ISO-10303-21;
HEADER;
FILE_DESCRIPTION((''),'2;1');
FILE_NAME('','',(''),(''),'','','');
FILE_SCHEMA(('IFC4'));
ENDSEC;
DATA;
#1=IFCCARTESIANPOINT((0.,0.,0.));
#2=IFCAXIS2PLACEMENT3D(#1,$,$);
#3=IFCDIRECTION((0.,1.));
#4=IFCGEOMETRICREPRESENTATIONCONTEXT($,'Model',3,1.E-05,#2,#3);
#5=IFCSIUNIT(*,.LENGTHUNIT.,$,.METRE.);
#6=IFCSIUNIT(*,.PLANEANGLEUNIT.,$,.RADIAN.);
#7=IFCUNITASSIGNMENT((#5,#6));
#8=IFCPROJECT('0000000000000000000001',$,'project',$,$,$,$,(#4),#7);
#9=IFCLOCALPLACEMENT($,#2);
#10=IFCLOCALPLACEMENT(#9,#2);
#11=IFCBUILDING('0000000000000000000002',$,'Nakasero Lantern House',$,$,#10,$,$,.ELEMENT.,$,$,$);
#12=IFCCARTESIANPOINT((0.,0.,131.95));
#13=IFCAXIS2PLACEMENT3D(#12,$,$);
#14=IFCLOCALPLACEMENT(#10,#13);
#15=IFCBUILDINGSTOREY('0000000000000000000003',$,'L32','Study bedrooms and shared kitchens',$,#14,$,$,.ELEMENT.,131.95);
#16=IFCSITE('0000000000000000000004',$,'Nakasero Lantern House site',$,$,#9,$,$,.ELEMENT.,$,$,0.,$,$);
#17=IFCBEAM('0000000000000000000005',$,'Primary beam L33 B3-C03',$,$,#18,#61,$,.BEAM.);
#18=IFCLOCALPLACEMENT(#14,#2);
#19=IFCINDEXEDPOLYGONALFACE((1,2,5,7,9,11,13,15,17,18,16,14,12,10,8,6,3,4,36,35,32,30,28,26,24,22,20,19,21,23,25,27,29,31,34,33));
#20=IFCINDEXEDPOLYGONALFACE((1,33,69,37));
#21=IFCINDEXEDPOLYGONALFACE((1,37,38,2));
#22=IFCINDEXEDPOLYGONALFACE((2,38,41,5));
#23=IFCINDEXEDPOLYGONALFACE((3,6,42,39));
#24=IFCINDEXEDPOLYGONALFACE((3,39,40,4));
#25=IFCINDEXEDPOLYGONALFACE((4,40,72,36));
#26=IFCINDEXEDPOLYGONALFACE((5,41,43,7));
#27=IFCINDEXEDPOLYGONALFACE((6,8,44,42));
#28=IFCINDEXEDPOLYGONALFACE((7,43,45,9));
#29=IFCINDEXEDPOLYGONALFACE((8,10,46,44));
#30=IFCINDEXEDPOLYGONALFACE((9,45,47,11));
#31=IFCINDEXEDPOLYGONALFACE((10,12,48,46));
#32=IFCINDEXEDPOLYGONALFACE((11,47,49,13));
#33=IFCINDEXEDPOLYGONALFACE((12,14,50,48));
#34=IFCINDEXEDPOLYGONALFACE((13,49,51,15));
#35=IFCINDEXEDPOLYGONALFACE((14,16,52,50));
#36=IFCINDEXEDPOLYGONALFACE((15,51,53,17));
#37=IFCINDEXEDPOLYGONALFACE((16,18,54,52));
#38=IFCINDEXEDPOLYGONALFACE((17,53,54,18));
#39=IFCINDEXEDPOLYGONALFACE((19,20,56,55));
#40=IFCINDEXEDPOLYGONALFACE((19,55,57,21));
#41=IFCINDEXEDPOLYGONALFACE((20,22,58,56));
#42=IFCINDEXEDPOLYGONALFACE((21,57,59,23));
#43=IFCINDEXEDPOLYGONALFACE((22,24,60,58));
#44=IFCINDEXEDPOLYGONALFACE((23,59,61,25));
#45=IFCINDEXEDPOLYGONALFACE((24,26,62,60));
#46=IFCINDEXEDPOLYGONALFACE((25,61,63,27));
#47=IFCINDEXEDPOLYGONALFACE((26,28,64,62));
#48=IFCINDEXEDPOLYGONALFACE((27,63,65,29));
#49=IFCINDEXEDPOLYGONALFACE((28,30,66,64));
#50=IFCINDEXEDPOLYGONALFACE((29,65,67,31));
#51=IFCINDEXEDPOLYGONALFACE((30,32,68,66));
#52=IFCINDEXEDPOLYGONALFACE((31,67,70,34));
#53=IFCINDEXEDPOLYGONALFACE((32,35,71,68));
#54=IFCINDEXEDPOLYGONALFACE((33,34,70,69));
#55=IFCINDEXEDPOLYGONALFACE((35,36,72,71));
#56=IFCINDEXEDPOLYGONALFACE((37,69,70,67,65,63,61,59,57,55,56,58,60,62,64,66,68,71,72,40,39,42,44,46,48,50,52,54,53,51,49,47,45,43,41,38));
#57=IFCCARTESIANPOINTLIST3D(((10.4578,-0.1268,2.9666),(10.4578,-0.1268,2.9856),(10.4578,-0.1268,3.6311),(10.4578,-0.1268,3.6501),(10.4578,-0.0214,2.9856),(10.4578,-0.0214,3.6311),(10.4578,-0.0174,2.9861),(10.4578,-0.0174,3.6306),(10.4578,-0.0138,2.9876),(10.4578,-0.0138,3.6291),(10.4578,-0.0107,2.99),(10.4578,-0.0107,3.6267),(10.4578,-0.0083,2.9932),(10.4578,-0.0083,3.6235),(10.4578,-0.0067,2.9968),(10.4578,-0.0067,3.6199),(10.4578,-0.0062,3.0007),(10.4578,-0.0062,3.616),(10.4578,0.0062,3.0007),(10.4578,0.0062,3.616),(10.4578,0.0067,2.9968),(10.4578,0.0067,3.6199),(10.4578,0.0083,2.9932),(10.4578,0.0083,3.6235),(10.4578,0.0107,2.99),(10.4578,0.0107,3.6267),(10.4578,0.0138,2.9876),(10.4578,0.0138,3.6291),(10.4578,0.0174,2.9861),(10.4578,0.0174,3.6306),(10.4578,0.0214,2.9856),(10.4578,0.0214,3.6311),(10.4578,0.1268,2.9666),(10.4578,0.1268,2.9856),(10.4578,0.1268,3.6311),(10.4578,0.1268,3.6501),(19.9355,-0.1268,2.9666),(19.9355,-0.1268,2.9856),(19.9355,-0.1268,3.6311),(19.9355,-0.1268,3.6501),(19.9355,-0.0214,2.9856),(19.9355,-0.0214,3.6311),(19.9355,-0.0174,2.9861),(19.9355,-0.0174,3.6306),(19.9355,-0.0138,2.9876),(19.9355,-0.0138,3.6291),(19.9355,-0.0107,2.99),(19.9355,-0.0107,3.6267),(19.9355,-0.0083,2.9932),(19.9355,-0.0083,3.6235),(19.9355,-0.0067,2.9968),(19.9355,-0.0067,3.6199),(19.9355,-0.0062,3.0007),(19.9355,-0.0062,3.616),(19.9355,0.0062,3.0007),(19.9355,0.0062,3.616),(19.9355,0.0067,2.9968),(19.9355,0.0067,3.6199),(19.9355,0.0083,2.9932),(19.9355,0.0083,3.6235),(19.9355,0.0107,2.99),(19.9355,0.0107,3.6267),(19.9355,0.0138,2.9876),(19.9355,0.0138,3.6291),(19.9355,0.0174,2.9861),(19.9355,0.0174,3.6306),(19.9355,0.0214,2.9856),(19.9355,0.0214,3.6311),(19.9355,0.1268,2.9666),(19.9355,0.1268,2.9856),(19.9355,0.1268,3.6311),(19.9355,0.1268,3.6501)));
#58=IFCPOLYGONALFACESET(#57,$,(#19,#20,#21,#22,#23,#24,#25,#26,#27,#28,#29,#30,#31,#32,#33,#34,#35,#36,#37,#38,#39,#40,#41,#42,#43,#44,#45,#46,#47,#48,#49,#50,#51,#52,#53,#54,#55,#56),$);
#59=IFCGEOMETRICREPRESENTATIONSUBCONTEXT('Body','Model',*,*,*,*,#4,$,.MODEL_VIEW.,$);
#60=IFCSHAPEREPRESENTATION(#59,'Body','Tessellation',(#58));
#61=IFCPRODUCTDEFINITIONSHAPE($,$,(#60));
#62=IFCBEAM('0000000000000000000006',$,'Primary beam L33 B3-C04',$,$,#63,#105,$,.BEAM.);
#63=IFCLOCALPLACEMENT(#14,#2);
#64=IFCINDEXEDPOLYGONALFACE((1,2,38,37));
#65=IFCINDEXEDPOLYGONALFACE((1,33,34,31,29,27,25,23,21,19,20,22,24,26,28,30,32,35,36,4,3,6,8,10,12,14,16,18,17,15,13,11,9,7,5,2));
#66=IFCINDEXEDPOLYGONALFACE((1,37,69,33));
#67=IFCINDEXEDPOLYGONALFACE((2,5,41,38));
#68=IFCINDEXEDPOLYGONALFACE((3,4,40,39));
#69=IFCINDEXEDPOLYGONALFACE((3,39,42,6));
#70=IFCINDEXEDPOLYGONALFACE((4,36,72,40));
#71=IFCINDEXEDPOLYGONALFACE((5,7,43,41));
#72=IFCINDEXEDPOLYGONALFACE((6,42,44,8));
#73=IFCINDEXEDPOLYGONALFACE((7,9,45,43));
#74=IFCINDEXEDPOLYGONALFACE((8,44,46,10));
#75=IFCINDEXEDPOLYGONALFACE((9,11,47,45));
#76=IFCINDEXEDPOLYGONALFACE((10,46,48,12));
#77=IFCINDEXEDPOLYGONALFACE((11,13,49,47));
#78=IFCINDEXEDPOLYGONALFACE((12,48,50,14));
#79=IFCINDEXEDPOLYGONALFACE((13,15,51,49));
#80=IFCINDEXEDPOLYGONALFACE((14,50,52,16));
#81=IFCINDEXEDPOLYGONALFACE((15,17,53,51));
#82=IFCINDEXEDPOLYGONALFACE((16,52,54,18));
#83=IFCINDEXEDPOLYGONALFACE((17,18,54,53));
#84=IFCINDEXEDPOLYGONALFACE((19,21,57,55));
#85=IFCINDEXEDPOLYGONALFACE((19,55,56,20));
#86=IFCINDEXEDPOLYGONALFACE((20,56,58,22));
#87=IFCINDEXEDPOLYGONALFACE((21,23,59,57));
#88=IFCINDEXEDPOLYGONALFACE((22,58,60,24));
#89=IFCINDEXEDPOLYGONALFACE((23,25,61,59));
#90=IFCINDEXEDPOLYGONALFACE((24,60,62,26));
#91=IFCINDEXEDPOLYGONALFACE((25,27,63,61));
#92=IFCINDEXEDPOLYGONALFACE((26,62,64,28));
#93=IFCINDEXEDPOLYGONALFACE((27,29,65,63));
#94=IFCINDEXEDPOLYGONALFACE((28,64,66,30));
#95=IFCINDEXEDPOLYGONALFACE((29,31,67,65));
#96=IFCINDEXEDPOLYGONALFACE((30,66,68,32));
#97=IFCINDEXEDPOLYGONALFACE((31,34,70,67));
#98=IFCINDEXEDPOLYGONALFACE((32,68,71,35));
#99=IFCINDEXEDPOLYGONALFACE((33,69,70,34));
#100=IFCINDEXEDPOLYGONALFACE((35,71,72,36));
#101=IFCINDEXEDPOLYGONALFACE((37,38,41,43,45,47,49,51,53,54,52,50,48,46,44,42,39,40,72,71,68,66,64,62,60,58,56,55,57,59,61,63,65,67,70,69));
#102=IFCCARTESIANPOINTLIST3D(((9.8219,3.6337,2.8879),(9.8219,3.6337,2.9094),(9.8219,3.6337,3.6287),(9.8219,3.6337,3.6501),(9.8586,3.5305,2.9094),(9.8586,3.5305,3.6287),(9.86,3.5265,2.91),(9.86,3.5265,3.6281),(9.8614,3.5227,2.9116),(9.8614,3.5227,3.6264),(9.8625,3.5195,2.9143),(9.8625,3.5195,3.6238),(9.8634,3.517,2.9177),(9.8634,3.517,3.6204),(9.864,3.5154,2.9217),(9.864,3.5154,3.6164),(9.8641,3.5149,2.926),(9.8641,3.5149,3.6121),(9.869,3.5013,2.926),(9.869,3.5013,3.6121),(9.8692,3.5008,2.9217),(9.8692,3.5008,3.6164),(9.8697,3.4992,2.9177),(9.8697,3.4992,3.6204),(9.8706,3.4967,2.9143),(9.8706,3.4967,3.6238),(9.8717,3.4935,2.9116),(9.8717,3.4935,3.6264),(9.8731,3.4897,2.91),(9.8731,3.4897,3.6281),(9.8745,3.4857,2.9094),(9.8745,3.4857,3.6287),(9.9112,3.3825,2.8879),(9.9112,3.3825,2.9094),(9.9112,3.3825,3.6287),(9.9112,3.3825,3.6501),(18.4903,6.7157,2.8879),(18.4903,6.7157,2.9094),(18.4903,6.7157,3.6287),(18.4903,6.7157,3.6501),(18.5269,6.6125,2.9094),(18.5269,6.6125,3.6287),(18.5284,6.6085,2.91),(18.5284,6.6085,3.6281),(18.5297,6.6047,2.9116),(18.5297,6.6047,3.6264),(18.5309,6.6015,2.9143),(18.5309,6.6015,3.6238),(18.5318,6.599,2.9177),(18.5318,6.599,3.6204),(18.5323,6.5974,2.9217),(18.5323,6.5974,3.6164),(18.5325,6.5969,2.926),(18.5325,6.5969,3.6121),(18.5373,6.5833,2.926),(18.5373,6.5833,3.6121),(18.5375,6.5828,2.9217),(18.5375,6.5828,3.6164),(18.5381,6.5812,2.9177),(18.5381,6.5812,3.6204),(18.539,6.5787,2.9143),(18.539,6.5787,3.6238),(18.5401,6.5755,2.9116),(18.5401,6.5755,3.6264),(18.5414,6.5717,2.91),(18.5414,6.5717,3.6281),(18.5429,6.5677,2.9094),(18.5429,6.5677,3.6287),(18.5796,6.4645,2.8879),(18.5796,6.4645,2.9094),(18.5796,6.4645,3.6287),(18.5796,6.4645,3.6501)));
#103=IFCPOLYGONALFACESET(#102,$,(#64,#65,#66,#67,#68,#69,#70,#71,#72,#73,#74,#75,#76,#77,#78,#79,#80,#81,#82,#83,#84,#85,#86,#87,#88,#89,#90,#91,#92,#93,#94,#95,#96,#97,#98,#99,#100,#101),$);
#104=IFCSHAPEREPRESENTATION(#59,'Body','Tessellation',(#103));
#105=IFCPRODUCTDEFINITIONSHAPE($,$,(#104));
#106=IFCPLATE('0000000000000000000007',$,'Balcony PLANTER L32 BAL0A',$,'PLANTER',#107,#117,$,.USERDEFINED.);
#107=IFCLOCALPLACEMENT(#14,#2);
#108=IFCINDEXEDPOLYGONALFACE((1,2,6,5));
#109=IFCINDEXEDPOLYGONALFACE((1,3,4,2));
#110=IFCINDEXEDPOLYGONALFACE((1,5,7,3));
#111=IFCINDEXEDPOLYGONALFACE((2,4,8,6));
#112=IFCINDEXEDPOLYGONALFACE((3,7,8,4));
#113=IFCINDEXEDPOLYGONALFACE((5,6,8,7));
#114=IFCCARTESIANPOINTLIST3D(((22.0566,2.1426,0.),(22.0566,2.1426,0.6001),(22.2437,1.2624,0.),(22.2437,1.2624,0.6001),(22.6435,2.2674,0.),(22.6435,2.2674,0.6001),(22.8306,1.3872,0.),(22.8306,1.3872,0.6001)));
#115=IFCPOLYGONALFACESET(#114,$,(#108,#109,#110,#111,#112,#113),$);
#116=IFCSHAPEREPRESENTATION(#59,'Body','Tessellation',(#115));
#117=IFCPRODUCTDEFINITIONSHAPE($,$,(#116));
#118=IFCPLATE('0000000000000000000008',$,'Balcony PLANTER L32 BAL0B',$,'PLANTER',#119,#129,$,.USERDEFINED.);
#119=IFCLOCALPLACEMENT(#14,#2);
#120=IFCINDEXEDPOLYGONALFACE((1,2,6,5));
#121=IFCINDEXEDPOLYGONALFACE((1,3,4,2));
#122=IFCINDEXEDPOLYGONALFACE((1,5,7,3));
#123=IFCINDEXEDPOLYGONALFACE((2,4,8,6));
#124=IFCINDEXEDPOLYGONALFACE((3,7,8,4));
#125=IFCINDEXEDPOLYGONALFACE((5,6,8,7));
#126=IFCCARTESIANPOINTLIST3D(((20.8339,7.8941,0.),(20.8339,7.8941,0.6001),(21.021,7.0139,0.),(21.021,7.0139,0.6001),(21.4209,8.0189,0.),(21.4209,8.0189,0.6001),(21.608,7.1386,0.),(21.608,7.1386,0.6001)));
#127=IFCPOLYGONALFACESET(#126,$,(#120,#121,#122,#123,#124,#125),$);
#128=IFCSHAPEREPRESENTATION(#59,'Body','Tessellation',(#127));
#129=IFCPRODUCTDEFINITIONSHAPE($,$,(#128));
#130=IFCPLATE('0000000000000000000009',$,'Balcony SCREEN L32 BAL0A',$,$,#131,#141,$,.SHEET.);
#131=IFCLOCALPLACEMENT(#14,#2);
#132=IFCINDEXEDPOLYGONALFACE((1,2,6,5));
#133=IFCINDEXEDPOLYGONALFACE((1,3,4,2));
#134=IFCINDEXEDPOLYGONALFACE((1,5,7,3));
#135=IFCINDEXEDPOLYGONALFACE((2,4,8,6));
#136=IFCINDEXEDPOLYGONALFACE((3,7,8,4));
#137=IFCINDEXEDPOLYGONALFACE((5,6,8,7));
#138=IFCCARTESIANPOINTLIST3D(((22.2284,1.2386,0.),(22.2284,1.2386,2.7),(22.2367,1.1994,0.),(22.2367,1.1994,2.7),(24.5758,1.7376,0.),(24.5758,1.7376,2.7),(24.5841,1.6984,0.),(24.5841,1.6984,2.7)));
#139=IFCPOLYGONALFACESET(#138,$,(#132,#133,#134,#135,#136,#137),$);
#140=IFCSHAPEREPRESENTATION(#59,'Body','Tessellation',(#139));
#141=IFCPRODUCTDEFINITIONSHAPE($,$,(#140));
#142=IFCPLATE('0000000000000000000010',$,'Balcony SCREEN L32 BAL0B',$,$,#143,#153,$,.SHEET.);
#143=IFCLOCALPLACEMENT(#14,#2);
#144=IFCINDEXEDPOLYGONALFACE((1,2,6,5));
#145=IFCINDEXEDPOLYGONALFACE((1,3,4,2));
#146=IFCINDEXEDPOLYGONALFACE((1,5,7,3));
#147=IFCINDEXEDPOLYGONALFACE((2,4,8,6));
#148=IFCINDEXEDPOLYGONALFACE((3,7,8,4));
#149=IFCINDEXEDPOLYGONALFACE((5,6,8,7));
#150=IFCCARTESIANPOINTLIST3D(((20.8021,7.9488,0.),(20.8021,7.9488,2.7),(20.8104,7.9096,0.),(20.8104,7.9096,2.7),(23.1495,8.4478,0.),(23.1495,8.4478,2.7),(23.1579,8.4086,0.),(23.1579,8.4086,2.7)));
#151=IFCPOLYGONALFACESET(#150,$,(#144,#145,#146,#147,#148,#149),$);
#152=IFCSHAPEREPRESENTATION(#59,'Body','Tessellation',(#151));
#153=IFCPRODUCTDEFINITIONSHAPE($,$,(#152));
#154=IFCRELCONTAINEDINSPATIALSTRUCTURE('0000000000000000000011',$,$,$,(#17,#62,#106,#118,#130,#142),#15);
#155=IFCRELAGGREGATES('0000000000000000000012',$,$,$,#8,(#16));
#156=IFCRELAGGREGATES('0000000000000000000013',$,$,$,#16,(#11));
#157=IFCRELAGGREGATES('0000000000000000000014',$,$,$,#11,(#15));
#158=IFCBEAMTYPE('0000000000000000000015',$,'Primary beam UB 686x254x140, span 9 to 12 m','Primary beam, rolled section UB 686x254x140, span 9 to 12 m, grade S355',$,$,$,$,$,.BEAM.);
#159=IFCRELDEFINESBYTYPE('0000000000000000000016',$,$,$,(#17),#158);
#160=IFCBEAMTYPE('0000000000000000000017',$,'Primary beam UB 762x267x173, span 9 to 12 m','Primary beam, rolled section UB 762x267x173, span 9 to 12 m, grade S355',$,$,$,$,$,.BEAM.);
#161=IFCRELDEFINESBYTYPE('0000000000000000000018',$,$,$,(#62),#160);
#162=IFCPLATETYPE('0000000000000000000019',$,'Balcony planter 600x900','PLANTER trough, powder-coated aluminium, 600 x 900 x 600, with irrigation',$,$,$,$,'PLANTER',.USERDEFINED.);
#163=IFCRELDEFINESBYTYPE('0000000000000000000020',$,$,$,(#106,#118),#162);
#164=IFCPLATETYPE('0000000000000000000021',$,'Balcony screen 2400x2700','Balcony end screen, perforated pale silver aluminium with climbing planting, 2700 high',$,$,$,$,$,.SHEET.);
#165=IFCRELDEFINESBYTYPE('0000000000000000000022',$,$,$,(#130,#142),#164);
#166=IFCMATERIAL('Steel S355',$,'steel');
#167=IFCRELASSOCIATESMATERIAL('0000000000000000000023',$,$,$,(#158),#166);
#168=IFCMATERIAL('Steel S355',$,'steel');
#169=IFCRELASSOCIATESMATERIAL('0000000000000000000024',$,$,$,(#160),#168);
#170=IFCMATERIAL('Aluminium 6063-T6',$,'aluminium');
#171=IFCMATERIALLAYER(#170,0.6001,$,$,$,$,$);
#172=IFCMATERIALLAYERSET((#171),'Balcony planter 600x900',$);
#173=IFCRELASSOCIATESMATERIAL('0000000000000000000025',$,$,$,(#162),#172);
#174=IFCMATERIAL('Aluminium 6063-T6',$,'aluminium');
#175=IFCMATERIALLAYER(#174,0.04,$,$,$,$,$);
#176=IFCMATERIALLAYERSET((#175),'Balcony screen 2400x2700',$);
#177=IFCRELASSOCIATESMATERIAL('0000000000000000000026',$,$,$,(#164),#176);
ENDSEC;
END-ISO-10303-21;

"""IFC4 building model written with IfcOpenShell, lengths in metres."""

from ifc_helpers import new_model, si_unit, direction, frame, origin, origin_2d, place, context, subcontext, project, spatial, rectangle, i_section, extrude, material, layer, layer_set, material_profile, profile_set, type_object, element, save


model = new_model("IFC4")

# Units and contexts
model_context = context("Model", 3, precision=1e-05, world=origin(), true_north=direction((0.0, 1.0)))
body_context = subcontext(model_context, "Body", "Model", "MODEL_VIEW")
ifc_project = project(units=[si_unit("LENGTHUNIT", "METRE"), si_unit("PLANEANGLEUNIT", "RADIAN")], contexts=[model_context])

# Site, building, storey
site_placement = place(None, origin())
site = spatial("IfcSite", under=ifc_project, at=site_placement, Name="Nakasero Lantern House site", CompositionType="ELEMENT", RefElevation=0.0)
building_placement = place(site_placement, origin())
building = spatial("IfcBuilding", under=site, at=building_placement, Name="Nakasero Lantern House", CompositionType="ELEMENT")
storey_placement = place(building_placement, frame((0.0, 0.0, 131.95)))
storey = spatial("IfcBuildingStorey", under=building, at=storey_placement, Name="L32", Description="Study bedrooms and shared kitchens", CompositionType="ELEMENT", Elevation=131.95)

# Beams
ifc_material_1 = material(Name="Steel S355", Category="steel")
ifc_material_profile_1 = material_profile(ifc_material_1, i_section(OverallWidth=0.2537, OverallDepth=0.6836, WebThickness=0.0125, FlangeThickness=0.019, FilletRadius=0.0151, at=origin_2d()), Name="UB 686x254x140")
ifc_profile_set_1 = profile_set([ifc_material_profile_1], Name="Steel S355")
beam_type_1 = type_object("IfcBeamType", Name="Primary beam UB 686x254x140, span 9 to 12 m", Description="Primary beam, rolled section UB 686x254x140, span 9 to 12 m, grade S355", PredefinedType="BEAM", material=ifc_profile_set_1)
beam_1_placement = place(storey_placement, frame((19.9355, 0.0, 3.3083), z_axis=(-1.0, 0.0, 0.0), x_axis=(0.0, -1.0, 0.0)))
element("IfcBeam", 1, at=beam_1_placement, inside=storey, type_object=beam_type_1, Name="Primary beam L33 B3-C03", PredefinedType="BEAM", context=body_context, shape_type="SweptSolid", body=[
    extrude(i_section(OverallWidth=0.2537, OverallDepth=0.6836, WebThickness=0.0125, FlangeThickness=0.019, FilletRadius=0.0151, at=origin_2d()), origin(), (0.0, 0.0, 1.0), 9.4778),
])
ifc_material_2 = material(Name="Steel S355", Category="steel")
ifc_material_profile_2 = material_profile(ifc_material_2, i_section(OverallWidth=0.2666, OverallDepth=0.7622, WebThickness=0.0144, FlangeThickness=0.0215, FilletRadius=0.0166, at=origin_2d()), Name="UB 762x267x173")
ifc_profile_set_2 = profile_set([ifc_material_profile_2], Name="Steel S355")
beam_type_2 = type_object("IfcBeamType", Name="Primary beam UB 762x267x173, span 9 to 12 m", Description="Primary beam, rolled section UB 762x267x173, span 9 to 12 m, grade S355", PredefinedType="BEAM", material=ifc_profile_set_2)
beam_2_placement = place(storey_placement, frame((18.5349, 6.5901, 3.269), z_axis=(-0.942218, -0.335001, 0.0), x_axis=(0.335001, -0.942218, 0.0)))
element("IfcBeam", 2, at=beam_2_placement, inside=storey, type_object=beam_type_2, Name="Primary beam L33 B3-C04", PredefinedType="BEAM", context=body_context, shape_type="SweptSolid", body=[
    extrude(i_section(OverallWidth=0.2666, OverallDepth=0.7622, WebThickness=0.0144, FlangeThickness=0.0215, FilletRadius=0.0166, at=origin_2d()), origin(), (0.0, 0.0, 1.0), 9.2),
])

# Plates
ifc_material_3 = material(Name="Aluminium 6063-T6", Category="aluminium")
ifc_layer_1 = layer(ifc_material_3, 0.6001)
ifc_layer_set_1 = layer_set([ifc_layer_1], Name="Balcony planter 600x900")
plate_type_1 = type_object("IfcPlateType", Name="Balcony planter 600x900", Description="PLANTER trough, powder-coated aluminium, 600 x 900 x 600, with irrigation", ElementType="PLANTER", PredefinedType="USERDEFINED", material=ifc_layer_set_1)
for number, where, z_axis, x_axis, name in (
    (3, (22.4436, 1.7649, 0.0), (0.0, 0.0, 1.0), (0.978148, 0.207912, 0.0), "Balcony PLANTER L32 BAL0A"),
    (4, (21.2209, 7.5164, 0.0), (0.0, 0.0, 1.0), (0.978148, 0.207912, 0.0), "Balcony PLANTER L32 BAL0B"),
):
    element("IfcPlate", number, at=place(storey_placement, frame(where, z_axis=z_axis, x_axis=x_axis)), inside=storey, type_object=plate_type_1, Name=name, ObjectType="PLANTER", PredefinedType="USERDEFINED", context=body_context, shape_type="SweptSolid", body=[
        extrude(rectangle(XDim=0.6001, YDim=0.8999, at=origin_2d()), origin(), (0.0, 0.0, 1.0), 0.6001),
    ])
ifc_material_4 = material(Name="Aluminium 6063-T6", Category="aluminium")
ifc_layer_2 = layer(ifc_material_4, 0.04)
ifc_layer_set_2 = layer_set([ifc_layer_2], Name="Balcony screen 2400x2700")
plate_type_2 = type_object("IfcPlateType", Name="Balcony screen 2400x2700", Description="Balcony end screen, perforated pale silver aluminium with climbing planting, 2700 high", PredefinedType="SHEET", material=ifc_layer_set_2)
for number, where, z_axis, x_axis, name in (
    (5, (23.4062, 1.4685, 0.0), (0.0, 0.0, 1.0), (0.978148, 0.207912, 0.0), "Balcony SCREEN L32 BAL0A"),
    (6, (21.98, 8.1787, 0.0), (0.0, 0.0, 1.0), (0.978148, 0.207912, 0.0), "Balcony SCREEN L32 BAL0B"),
):
    element("IfcPlate", number, at=place(storey_placement, frame(where, z_axis=z_axis, x_axis=x_axis)), inside=storey, type_object=plate_type_2, Name=name, PredefinedType="SHEET", context=body_context, shape_type="SweptSolid", body=[
        extrude(rectangle(XDim=2.3999, YDim=0.04, at=origin_2d()), origin(), (0.0, 0.0, 1.0), 2.7),
    ])

save(model, "model.ifc")
